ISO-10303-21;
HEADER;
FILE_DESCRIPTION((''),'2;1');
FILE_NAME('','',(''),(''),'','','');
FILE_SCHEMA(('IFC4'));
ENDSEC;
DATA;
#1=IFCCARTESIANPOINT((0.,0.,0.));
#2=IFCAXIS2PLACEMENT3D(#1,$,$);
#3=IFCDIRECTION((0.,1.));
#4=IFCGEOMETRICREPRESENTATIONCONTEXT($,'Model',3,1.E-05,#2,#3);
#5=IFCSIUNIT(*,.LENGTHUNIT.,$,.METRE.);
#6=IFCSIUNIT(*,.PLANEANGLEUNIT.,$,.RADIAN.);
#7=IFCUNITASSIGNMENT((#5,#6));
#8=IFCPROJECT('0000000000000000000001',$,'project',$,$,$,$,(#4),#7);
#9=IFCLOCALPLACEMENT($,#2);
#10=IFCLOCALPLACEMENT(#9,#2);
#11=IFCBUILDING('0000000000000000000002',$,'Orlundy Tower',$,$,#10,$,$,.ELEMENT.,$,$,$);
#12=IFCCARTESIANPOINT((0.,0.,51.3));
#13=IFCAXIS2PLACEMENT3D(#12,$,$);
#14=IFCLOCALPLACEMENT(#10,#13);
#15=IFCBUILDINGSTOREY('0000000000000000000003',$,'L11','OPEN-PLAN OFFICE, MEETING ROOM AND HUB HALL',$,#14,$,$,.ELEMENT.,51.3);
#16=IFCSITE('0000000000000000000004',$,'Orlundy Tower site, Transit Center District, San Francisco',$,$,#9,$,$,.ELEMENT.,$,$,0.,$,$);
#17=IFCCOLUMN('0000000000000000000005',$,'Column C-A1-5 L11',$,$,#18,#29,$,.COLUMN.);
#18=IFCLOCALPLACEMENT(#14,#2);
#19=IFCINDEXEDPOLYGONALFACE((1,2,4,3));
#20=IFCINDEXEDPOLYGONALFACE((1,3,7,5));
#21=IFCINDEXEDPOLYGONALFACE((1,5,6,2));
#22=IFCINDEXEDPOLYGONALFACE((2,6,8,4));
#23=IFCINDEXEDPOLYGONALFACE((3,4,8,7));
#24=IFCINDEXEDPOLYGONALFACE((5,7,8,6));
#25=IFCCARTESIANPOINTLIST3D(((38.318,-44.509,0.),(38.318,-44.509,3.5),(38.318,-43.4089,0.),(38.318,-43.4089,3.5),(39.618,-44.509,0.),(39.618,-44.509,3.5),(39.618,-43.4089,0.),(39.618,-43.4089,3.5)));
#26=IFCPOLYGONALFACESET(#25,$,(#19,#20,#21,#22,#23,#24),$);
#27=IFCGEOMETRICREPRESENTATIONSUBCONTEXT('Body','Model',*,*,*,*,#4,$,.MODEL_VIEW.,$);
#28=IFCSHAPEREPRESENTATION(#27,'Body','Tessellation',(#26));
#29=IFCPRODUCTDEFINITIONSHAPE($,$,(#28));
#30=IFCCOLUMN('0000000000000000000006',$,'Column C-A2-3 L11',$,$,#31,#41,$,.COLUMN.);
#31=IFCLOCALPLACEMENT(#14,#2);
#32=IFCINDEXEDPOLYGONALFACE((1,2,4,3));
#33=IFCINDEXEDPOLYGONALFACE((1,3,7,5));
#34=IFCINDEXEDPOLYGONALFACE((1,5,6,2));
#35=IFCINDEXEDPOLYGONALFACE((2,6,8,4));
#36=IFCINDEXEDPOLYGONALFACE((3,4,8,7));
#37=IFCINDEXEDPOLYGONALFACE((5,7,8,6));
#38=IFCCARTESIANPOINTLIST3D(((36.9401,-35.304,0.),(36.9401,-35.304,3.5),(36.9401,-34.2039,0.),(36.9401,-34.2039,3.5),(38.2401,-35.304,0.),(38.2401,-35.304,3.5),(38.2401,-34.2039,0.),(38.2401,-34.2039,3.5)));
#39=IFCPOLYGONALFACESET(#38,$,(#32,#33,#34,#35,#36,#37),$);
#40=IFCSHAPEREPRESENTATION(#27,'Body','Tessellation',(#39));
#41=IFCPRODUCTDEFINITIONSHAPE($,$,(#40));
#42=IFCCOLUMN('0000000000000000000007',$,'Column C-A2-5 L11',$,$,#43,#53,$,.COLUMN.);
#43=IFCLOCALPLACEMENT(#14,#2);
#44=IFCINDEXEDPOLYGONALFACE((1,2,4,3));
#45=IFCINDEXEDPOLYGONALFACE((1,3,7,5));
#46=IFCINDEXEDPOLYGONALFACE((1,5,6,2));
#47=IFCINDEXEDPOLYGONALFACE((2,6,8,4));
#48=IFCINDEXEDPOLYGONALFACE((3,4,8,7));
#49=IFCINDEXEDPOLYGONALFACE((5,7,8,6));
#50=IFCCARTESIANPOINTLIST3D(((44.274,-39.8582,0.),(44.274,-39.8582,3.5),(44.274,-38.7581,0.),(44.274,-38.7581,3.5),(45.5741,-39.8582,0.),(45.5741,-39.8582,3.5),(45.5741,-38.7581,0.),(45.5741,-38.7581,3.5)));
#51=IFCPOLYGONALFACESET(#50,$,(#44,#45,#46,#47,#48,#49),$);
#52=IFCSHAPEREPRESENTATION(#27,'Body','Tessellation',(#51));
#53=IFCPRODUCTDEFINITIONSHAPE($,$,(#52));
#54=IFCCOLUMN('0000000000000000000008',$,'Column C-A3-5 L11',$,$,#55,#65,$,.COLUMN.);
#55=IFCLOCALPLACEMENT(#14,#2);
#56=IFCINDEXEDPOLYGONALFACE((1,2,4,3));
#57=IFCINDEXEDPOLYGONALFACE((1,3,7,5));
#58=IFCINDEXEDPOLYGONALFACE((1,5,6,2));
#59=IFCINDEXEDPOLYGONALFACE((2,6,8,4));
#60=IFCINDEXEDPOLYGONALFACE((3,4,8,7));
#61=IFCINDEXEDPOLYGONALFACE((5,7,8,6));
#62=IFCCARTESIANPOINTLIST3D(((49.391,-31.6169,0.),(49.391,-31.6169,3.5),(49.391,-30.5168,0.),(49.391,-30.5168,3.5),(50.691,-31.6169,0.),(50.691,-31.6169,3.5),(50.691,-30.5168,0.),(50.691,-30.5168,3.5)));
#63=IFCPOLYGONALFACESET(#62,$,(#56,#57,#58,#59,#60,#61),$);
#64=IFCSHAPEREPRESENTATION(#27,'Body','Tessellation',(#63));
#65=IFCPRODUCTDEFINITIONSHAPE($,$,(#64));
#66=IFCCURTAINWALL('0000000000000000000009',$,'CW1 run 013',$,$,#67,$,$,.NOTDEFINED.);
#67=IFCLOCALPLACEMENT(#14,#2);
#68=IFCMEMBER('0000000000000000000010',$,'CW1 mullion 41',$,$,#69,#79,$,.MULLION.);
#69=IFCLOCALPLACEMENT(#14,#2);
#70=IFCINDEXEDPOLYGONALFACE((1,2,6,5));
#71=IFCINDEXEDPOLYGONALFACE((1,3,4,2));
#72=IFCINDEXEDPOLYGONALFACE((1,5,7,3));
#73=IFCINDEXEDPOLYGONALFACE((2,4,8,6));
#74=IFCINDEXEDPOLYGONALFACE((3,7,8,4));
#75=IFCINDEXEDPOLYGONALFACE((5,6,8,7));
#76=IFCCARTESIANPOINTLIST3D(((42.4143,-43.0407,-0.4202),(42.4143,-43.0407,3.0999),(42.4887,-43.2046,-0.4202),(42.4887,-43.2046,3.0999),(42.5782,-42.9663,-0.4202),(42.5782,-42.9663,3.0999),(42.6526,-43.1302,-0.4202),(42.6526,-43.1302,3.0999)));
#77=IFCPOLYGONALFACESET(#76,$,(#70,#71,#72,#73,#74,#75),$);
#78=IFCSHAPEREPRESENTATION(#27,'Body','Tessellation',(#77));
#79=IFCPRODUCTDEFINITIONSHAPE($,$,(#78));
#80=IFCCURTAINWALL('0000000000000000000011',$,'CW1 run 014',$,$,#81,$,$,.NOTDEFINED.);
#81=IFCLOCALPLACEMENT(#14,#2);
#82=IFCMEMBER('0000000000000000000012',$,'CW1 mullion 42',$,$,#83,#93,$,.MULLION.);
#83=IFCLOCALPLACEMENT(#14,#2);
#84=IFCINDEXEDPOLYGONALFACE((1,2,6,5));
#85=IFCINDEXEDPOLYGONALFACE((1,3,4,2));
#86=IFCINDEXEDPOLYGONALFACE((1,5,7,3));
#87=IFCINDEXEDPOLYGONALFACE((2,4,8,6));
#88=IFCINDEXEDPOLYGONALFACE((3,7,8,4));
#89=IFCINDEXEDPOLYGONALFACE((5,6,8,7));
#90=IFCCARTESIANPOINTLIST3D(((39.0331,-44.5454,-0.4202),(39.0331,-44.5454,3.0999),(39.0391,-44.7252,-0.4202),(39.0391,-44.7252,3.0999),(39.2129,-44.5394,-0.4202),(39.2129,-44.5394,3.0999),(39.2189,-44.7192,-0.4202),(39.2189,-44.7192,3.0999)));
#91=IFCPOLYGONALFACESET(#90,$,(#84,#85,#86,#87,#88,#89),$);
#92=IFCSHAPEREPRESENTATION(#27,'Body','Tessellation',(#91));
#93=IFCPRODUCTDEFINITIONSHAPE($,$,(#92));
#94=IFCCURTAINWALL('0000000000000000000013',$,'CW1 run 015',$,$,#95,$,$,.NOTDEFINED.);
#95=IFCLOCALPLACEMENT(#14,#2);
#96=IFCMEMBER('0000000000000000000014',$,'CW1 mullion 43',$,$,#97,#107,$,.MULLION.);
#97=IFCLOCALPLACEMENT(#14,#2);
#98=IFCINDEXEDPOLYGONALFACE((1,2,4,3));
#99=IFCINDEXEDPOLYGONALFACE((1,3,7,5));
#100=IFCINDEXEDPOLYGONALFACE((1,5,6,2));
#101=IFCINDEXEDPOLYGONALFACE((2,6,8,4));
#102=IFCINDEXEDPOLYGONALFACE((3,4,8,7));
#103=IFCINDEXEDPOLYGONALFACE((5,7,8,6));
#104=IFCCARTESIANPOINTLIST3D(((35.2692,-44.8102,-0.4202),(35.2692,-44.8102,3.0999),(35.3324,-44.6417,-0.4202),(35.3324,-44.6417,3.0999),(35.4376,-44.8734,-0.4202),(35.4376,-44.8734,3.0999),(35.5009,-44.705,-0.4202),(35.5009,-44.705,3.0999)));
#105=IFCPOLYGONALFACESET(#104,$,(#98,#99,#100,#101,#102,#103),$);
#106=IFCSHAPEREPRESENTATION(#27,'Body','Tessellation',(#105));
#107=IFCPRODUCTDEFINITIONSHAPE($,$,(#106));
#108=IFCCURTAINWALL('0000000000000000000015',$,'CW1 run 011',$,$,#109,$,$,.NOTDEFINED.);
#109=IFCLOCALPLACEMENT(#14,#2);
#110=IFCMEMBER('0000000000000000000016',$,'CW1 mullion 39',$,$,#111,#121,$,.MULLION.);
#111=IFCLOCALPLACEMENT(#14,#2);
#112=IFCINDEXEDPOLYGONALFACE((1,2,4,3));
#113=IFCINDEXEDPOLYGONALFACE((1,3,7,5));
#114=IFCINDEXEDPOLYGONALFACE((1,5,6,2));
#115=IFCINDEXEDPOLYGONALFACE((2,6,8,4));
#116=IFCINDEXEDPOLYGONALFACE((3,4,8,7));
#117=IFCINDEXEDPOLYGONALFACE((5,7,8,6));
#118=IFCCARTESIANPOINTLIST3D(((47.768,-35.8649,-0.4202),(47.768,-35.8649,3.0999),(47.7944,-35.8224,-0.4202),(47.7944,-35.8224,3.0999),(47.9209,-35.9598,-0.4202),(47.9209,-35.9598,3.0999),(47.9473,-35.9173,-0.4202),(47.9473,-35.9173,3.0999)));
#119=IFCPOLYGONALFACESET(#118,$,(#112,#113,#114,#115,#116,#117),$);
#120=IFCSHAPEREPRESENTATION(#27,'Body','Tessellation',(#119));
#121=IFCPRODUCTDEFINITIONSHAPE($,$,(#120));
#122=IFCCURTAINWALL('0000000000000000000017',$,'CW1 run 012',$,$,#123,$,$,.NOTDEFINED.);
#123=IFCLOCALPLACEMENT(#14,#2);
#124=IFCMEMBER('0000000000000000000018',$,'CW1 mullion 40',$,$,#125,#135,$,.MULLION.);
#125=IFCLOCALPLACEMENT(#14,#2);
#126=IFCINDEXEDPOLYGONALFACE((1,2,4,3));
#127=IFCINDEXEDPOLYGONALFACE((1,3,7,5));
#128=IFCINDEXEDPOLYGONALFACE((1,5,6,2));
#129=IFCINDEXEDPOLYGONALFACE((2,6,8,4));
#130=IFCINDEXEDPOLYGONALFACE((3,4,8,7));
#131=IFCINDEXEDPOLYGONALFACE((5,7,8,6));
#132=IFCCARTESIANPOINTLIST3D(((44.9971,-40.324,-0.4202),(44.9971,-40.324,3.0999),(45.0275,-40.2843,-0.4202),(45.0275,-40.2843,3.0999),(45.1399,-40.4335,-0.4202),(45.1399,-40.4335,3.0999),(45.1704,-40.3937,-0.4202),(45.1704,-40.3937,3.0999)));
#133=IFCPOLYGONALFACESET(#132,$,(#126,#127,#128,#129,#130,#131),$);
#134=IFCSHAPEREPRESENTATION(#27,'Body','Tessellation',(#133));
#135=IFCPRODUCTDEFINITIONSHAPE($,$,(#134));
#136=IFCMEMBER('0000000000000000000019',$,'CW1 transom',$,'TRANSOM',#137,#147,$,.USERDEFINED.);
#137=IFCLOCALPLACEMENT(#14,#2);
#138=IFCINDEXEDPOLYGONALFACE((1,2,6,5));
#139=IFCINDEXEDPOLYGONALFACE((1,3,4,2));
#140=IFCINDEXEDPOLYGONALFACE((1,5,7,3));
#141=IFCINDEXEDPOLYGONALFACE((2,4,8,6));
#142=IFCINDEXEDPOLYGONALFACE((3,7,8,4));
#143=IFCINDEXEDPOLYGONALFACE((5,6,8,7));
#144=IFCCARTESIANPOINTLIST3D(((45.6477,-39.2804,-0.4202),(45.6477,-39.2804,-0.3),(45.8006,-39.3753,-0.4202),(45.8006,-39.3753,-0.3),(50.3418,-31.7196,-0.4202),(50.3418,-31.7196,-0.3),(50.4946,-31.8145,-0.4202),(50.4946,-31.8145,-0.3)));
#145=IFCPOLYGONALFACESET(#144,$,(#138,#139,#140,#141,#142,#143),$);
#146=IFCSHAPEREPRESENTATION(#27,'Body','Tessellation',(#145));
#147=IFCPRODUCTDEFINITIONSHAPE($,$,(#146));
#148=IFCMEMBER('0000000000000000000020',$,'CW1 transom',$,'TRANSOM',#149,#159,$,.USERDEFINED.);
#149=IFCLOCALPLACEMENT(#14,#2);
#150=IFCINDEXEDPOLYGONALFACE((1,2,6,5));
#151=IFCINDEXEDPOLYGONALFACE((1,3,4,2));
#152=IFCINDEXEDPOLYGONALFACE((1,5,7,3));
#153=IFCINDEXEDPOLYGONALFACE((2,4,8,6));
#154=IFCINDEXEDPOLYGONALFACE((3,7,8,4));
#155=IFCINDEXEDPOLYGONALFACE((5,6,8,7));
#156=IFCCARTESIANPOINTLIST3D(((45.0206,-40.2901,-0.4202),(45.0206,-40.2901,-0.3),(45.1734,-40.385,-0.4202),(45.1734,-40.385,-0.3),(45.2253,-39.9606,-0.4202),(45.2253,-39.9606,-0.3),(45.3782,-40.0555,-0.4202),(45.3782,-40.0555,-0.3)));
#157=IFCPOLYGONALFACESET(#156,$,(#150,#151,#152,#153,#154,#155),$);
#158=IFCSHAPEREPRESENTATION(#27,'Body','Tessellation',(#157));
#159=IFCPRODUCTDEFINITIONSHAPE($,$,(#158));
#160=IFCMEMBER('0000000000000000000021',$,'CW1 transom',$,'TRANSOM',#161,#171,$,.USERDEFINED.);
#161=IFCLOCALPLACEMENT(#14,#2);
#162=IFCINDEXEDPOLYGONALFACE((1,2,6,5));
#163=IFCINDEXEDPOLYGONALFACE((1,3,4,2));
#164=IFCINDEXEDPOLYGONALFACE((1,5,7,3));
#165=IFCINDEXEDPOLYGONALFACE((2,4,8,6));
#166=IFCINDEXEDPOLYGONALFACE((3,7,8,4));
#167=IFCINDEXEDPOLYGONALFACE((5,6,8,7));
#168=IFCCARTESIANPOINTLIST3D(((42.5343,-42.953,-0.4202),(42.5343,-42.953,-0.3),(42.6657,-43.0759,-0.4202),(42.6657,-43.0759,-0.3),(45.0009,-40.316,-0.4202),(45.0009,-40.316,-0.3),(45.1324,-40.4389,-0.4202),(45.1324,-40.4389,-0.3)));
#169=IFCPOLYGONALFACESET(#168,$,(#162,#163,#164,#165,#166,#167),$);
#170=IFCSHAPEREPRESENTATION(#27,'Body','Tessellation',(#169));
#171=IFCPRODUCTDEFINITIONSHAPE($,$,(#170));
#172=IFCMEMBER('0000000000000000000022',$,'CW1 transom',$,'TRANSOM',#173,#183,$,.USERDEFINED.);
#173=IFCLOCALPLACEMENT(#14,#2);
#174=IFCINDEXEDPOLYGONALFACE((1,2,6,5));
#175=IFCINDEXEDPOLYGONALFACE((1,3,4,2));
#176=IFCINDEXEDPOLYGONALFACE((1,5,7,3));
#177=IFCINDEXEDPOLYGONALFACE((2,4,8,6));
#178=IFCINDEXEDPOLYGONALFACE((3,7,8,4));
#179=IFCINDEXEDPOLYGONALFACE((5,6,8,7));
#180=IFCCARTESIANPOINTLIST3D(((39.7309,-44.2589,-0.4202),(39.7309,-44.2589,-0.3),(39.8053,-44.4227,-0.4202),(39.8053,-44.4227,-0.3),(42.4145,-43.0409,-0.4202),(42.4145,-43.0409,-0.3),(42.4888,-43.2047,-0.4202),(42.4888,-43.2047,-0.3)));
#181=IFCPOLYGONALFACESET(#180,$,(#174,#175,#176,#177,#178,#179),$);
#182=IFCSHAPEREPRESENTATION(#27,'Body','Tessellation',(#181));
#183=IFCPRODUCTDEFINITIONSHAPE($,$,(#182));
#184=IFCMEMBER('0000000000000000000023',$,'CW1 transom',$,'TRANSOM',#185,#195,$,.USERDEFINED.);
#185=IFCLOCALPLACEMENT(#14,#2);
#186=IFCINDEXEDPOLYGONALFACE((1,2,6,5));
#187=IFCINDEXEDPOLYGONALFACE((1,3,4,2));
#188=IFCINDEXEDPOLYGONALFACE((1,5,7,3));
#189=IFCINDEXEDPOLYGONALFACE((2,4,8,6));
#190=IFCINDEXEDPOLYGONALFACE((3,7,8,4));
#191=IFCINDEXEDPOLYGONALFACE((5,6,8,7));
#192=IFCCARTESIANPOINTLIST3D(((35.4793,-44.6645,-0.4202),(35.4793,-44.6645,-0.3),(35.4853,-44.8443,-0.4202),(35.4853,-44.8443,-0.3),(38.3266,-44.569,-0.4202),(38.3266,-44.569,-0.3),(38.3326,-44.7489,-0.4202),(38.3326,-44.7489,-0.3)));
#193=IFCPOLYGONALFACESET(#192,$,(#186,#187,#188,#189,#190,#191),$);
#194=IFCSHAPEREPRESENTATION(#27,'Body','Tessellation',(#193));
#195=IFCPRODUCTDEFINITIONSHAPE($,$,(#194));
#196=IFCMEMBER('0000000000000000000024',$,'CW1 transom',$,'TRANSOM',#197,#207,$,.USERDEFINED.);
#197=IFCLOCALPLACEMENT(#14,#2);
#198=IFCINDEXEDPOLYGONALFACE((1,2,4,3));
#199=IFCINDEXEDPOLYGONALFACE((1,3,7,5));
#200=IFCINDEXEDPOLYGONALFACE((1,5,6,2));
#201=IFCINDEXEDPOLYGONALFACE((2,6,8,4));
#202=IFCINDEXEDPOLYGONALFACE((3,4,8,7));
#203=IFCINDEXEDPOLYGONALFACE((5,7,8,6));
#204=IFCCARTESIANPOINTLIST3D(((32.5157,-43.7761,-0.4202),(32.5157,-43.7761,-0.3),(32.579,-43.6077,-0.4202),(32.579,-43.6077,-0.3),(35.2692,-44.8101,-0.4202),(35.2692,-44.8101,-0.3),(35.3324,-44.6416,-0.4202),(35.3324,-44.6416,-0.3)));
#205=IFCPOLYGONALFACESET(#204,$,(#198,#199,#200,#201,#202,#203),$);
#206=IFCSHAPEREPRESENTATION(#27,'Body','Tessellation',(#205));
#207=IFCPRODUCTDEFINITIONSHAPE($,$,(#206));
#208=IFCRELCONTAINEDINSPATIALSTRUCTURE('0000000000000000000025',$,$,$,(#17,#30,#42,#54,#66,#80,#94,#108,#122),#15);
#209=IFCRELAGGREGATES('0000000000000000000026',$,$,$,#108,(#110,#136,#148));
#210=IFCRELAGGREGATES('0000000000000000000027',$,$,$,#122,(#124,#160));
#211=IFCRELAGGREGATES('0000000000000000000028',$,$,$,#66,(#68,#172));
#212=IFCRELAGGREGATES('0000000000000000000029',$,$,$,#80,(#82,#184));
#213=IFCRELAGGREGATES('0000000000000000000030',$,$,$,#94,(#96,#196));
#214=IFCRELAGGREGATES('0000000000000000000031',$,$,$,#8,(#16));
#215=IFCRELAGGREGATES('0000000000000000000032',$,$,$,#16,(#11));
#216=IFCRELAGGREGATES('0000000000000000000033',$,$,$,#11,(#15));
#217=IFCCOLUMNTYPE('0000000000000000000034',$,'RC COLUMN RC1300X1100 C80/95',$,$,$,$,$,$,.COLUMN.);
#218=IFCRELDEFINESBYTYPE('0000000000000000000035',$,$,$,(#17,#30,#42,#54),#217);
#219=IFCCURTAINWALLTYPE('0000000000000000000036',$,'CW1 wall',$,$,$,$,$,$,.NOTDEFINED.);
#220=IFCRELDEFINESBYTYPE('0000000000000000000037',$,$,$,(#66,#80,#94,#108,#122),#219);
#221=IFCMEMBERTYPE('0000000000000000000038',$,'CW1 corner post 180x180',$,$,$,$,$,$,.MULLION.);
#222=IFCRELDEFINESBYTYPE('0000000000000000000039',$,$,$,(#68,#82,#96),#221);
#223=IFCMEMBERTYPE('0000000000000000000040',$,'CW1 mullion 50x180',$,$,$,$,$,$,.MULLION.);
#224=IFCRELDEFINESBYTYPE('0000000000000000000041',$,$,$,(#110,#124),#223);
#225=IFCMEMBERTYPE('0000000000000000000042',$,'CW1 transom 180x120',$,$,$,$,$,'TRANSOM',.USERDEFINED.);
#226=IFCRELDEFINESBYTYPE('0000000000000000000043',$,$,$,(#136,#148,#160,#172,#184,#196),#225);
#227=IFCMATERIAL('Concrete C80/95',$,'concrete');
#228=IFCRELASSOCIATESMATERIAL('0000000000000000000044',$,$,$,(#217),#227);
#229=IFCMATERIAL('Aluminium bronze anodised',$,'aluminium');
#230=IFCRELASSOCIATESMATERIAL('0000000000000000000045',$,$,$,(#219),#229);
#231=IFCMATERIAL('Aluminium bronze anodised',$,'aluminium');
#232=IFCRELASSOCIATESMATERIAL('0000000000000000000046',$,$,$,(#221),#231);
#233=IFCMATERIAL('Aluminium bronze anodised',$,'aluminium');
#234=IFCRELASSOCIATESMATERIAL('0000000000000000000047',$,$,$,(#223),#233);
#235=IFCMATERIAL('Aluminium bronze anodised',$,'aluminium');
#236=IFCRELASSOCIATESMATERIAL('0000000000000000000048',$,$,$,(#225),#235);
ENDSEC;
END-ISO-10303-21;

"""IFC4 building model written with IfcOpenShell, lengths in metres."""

from ifc_helpers import new_model, si_unit, direction, frame, origin, origin_2d, place, context, subcontext, project, spatial, rectangle, extrude, material, material_profile, profile_set, type_object, element, aggregate, save


model = new_model("IFC4")

# Units and contexts
model_context = context("Model", 3, precision=1e-05, world=origin(), true_north=direction((0.0, 1.0)))
body_context = subcontext(model_context, "Body", "Model", "MODEL_VIEW")
ifc_project = project(units=[si_unit("LENGTHUNIT", "METRE"), si_unit("PLANEANGLEUNIT", "RADIAN")], contexts=[model_context])

# Site, building, storey
site_placement = place(None, origin())
site = spatial("IfcSite", under=ifc_project, at=site_placement, Name="Orlundy Tower site, Transit Center District, San Francisco", CompositionType="ELEMENT", RefElevation=0.0)
building_placement = place(site_placement, origin())
building = spatial("IfcBuilding", under=site, at=building_placement, Name="Orlundy Tower", CompositionType="ELEMENT")
storey_placement = place(building_placement, frame((0.0, 0.0, 51.3)))
storey = spatial("IfcBuildingStorey", under=building, at=storey_placement, Name="L11", Description="OPEN-PLAN OFFICE, MEETING ROOM AND HUB HALL", CompositionType="ELEMENT", Elevation=51.3)

# Columns
ifc_material_1 = material(Name="Concrete C80/95", Category="concrete")
ifc_material_profile_1 = material_profile(ifc_material_1, rectangle(XDim=1.3, YDim=1.1001, at=origin_2d()), Name="RC1300X1100")
ifc_profile_set_1 = profile_set([ifc_material_profile_1], Name="Concrete C80/95")
column_type = type_object("IfcColumnType", Name="RC COLUMN RC1300X1100 C80/95", PredefinedType="COLUMN", material=ifc_profile_set_1)
for number, where, z_axis, x_axis, name in (
    (1, (38.968, -43.959, 0.0), (0.0, 0.0, 1.0), (1.0, 0.0, 0.0), "Column C-A1-5 L11"),
    (2, (37.5901, -34.7539, 0.0), (0.0, 0.0, 1.0), (1.0, 0.0, 0.0), "Column C-A2-3 L11"),
    (3, (44.9241, -39.3081, 0.0), (0.0, 0.0, 1.0), (1.0, 0.0, 0.0), "Column C-A2-5 L11"),
    (4, (50.041, -31.0669, 0.0), (0.0, 0.0, 1.0), (1.0, 0.0, 0.0), "Column C-A3-5 L11"),
):
    element("IfcColumn", number, at=place(storey_placement, frame(where, z_axis=z_axis, x_axis=x_axis)), inside=storey, type_object=column_type, Name=name, PredefinedType="COLUMN", context=body_context, shape_type="SweptSolid", body=[
        extrude(rectangle(XDim=1.3, YDim=1.1001, at=origin_2d()), origin(), (0.0, 0.0, 1.0), 3.5),
    ])

# Curtain walls, members
ifc_material_2 = material(Name="Aluminium bronze anodised", Category="aluminium")
curtain_wall_type = type_object("IfcCurtainWallType", Name="CW1 wall", PredefinedType="NOTDEFINED", material=ifc_material_2)
curtain_wall_1_placement = place(storey_placement, origin())
curtain_wall_1 = element("IfcCurtainWall", 5, at=curtain_wall_1_placement, inside=storey, type_object=curtain_wall_type, Name="CW1 run 013", PredefinedType="NOTDEFINED")
ifc_material_3 = material(Name="Aluminium bronze anodised", Category="aluminium")
ifc_material_profile_2 = material_profile(ifc_material_3, rectangle(XDim=0.1799, YDim=0.1799, at=origin_2d()), Name="CW1 corner post 180x180")
ifc_profile_set_2 = profile_set([ifc_material_profile_2], Name="Aluminium bronze anodised")
member_type_1 = type_object("IfcMemberType", Name="CW1 corner post 180x180", PredefinedType="MULLION", material=ifc_profile_set_2)
member_1_placement = place(storey_placement, frame((42.5334, -43.0854, -0.4202), z_axis=(0.0, 0.0, 1.0), x_axis=(0.413335, -0.910579, 0.0)))
member_1 = element("IfcMember", 6, at=member_1_placement, type_object=member_type_1, Name="CW1 mullion 41", PredefinedType="MULLION", context=body_context, shape_type="SweptSolid", body=[
    extrude(rectangle(XDim=0.1799, YDim=0.1799, at=origin_2d()), origin(), (0.0, 0.0, 1.0), 3.52),
])
curtain_wall_2_placement = place(storey_placement, origin())
curtain_wall_2 = element("IfcCurtainWall", 7, at=curtain_wall_2_placement, inside=storey, type_object=curtain_wall_type, Name="CW1 run 014", PredefinedType="NOTDEFINED")
member_2_placement = place(storey_placement, frame((39.126, -44.6323, -0.4202), z_axis=(0.0, 0.0, 1.0), x_axis=(0.03345, -0.99944, 0.0)))
member_2 = element("IfcMember", 8, at=member_2_placement, type_object=member_type_1, Name="CW1 mullion 42", PredefinedType="MULLION", context=body_context, shape_type="SweptSolid", body=[
    extrude(rectangle(XDim=0.1799, YDim=0.1799, at=origin_2d()), origin(), (0.0, 0.0, 1.0), 3.52),
])
curtain_wall_3_placement = place(storey_placement, origin())
curtain_wall_3 = element("IfcCurtainWall", 9, at=curtain_wall_3_placement, inside=storey, type_object=curtain_wall_type, Name="CW1 run 015", PredefinedType="NOTDEFINED")
member_3_placement = place(storey_placement, frame((35.385, -44.7576, -0.4202), z_axis=(0.0, 0.0, 1.0), x_axis=(-0.351537, -0.936174, 0.0)))
member_3 = element("IfcMember", 10, at=member_3_placement, type_object=member_type_1, Name="CW1 mullion 43", PredefinedType="MULLION", context=body_context, shape_type="SweptSolid", body=[
    extrude(rectangle(XDim=0.1799, YDim=0.1799, at=origin_2d()), origin(), (0.0, 0.0, 1.0), 3.52),
])
curtain_wall_4_placement = place(storey_placement, origin())
curtain_wall_4 = element("IfcCurtainWall", 11, at=curtain_wall_4_placement, inside=storey, type_object=curtain_wall_type, Name="CW1 run 011", PredefinedType="NOTDEFINED")
ifc_material_4 = material(Name="Aluminium bronze anodised", Category="aluminium")
ifc_material_profile_3 = material_profile(ifc_material_4, rectangle(XDim=0.1799, YDim=0.05, at=origin_2d()), Name="CW1 mullion 50x180")
ifc_profile_set_3 = profile_set([ifc_material_profile_3], Name="Aluminium bronze anodised")
member_type_2 = type_object("IfcMemberType", Name="CW1 mullion 50x180", PredefinedType="MULLION", material=ifc_profile_set_3)
member_4_placement = place(storey_placement, frame((47.8577, -35.8911, -0.4202), z_axis=(0.0, 0.0, 1.0), x_axis=(0.84957, -0.527475, 0.0)))
member_4 = element("IfcMember", 12, at=member_4_placement, type_object=member_type_2, Name="CW1 mullion 39", PredefinedType="MULLION", context=body_context, shape_type="SweptSolid", body=[
    extrude(rectangle(XDim=0.1799, YDim=0.05, at=origin_2d()), origin(), (0.0, 0.0, 1.0), 3.52),
])
curtain_wall_5_placement = place(storey_placement, origin())
curtain_wall_5 = element("IfcCurtainWall", 13, at=curtain_wall_5_placement, inside=storey, type_object=curtain_wall_type, Name="CW1 run 012", PredefinedType="NOTDEFINED")
member_5_placement = place(storey_placement, frame((45.0837, -40.3589, -0.4202), z_axis=(0.0, 0.0, 1.0), x_axis=(0.793768, -0.60822, 0.0)))
member_5 = element("IfcMember", 14, at=member_5_placement, type_object=member_type_2, Name="CW1 mullion 40", PredefinedType="MULLION", context=body_context, shape_type="SweptSolid", body=[
    extrude(rectangle(XDim=0.1799, YDim=0.05, at=origin_2d()), origin(), (0.0, 0.0, 1.0), 3.52),
])

# Members
ifc_material_5 = material(Name="Aluminium bronze anodised", Category="aluminium")
ifc_material_profile_4 = material_profile(ifc_material_5, rectangle(XDim=0.1799, YDim=0.1201, at=origin_2d()), Name="CW1 transom 180x120")
ifc_profile_set_4 = profile_set([ifc_material_profile_4], Name="Aluminium bronze anodised")
member_type_3 = type_object("IfcMemberType", Name="CW1 transom 180x120", ElementType="TRANSOM", PredefinedType="USERDEFINED", material=ifc_profile_set_4)
member_6_placement = place(storey_placement, frame((50.4182, -31.7671, -0.3601), z_axis=(-0.527459, -0.84958, 0.0), x_axis=(0.84958, -0.527459, 0.0)))
member_6 = element("IfcMember", 15, at=member_6_placement, type_object=member_type_3, Name="CW1 transom", ObjectType="TRANSOM", PredefinedType="USERDEFINED", context=body_context, shape_type="SweptSolid", body=[
    extrude(rectangle(XDim=0.1799, YDim=0.1201, at=origin_2d()), origin(), (0.0, 0.0, 1.0), 8.8994),
])
member_7_placement = place(storey_placement, frame((45.3018, -40.0081, -0.3601), z_axis=(-0.527848, -0.849339, 0.0), x_axis=(0.849339, -0.527848, 0.0)))
member_7 = element("IfcMember", 16, at=member_7_placement, type_object=member_type_3, Name="CW1 transom", ObjectType="TRANSOM", PredefinedType="USERDEFINED", context=body_context, shape_type="SweptSolid", body=[
    extrude(rectangle(XDim=0.1799, YDim=0.1201, at=origin_2d()), origin(), (0.0, 0.0, 1.0), 0.3879),
])
member_8_placement = place(storey_placement, frame((45.0667, -40.3774, -0.3601), z_axis=(-0.683115, -0.730311, 0.0), x_axis=(0.730311, -0.683115, 0.0)))
member_8 = element("IfcMember", 17, at=member_8_placement, type_object=member_type_3, Name="CW1 transom", ObjectType="TRANSOM", PredefinedType="USERDEFINED", context=body_context, shape_type="SweptSolid", body=[
    extrude(rectangle(XDim=0.1799, YDim=0.1201, at=origin_2d()), origin(), (0.0, 0.0, 1.0), 3.6108),
])
member_9_placement = place(storey_placement, frame((42.4517, -43.1228, -0.3601), z_axis=(-0.910596, -0.413297, 0.0), x_axis=(0.413297, -0.910596, 0.0)))
member_9 = element("IfcMember", 18, at=member_9_placement, type_object=member_type_3, Name="CW1 transom", ObjectType="TRANSOM", PredefinedType="USERDEFINED", context=body_context, shape_type="SweptSolid", body=[
    extrude(rectangle(XDim=0.1799, YDim=0.1201, at=origin_2d()), origin(), (0.0, 0.0, 1.0), 2.947),
])
member_10_placement = place(storey_placement, frame((38.3296, -44.6589, -0.3601), z_axis=(-0.999438, -0.033509, 0.0), x_axis=(0.033509, -0.999438, 0.0)))
member_10 = element("IfcMember", 19, at=member_10_placement, type_object=member_type_3, Name="CW1 transom", ObjectType="TRANSOM", PredefinedType="USERDEFINED", context=body_context, shape_type="SweptSolid", body=[
    extrude(rectangle(XDim=0.1799, YDim=0.1201, at=origin_2d()), origin(), (0.0, 0.0, 1.0), 2.8489),
])
member_11_placement = place(storey_placement, frame((35.3008, -44.7258, -0.3601), z_axis=(-0.936172, 0.351542, 0.0), x_axis=(-0.351542, -0.936172, 0.0)))
member_11 = element("IfcMember", 20, at=member_11_placement, type_object=member_type_3, Name="CW1 transom", ObjectType="TRANSOM", PredefinedType="USERDEFINED", context=body_context, shape_type="SweptSolid", body=[
    extrude(rectangle(XDim=0.1799, YDim=0.1201, at=origin_2d()), origin(), (0.0, 0.0, 1.0), 2.9412),
])

aggregate(curtain_wall_4, [member_4, member_6, member_7])
aggregate(curtain_wall_5, [member_5, member_8])
aggregate(curtain_wall_1, [member_1, member_9])
aggregate(curtain_wall_2, [member_2, member_10])
aggregate(curtain_wall_3, [member_3, member_11])

save(model, "model.ifc")
